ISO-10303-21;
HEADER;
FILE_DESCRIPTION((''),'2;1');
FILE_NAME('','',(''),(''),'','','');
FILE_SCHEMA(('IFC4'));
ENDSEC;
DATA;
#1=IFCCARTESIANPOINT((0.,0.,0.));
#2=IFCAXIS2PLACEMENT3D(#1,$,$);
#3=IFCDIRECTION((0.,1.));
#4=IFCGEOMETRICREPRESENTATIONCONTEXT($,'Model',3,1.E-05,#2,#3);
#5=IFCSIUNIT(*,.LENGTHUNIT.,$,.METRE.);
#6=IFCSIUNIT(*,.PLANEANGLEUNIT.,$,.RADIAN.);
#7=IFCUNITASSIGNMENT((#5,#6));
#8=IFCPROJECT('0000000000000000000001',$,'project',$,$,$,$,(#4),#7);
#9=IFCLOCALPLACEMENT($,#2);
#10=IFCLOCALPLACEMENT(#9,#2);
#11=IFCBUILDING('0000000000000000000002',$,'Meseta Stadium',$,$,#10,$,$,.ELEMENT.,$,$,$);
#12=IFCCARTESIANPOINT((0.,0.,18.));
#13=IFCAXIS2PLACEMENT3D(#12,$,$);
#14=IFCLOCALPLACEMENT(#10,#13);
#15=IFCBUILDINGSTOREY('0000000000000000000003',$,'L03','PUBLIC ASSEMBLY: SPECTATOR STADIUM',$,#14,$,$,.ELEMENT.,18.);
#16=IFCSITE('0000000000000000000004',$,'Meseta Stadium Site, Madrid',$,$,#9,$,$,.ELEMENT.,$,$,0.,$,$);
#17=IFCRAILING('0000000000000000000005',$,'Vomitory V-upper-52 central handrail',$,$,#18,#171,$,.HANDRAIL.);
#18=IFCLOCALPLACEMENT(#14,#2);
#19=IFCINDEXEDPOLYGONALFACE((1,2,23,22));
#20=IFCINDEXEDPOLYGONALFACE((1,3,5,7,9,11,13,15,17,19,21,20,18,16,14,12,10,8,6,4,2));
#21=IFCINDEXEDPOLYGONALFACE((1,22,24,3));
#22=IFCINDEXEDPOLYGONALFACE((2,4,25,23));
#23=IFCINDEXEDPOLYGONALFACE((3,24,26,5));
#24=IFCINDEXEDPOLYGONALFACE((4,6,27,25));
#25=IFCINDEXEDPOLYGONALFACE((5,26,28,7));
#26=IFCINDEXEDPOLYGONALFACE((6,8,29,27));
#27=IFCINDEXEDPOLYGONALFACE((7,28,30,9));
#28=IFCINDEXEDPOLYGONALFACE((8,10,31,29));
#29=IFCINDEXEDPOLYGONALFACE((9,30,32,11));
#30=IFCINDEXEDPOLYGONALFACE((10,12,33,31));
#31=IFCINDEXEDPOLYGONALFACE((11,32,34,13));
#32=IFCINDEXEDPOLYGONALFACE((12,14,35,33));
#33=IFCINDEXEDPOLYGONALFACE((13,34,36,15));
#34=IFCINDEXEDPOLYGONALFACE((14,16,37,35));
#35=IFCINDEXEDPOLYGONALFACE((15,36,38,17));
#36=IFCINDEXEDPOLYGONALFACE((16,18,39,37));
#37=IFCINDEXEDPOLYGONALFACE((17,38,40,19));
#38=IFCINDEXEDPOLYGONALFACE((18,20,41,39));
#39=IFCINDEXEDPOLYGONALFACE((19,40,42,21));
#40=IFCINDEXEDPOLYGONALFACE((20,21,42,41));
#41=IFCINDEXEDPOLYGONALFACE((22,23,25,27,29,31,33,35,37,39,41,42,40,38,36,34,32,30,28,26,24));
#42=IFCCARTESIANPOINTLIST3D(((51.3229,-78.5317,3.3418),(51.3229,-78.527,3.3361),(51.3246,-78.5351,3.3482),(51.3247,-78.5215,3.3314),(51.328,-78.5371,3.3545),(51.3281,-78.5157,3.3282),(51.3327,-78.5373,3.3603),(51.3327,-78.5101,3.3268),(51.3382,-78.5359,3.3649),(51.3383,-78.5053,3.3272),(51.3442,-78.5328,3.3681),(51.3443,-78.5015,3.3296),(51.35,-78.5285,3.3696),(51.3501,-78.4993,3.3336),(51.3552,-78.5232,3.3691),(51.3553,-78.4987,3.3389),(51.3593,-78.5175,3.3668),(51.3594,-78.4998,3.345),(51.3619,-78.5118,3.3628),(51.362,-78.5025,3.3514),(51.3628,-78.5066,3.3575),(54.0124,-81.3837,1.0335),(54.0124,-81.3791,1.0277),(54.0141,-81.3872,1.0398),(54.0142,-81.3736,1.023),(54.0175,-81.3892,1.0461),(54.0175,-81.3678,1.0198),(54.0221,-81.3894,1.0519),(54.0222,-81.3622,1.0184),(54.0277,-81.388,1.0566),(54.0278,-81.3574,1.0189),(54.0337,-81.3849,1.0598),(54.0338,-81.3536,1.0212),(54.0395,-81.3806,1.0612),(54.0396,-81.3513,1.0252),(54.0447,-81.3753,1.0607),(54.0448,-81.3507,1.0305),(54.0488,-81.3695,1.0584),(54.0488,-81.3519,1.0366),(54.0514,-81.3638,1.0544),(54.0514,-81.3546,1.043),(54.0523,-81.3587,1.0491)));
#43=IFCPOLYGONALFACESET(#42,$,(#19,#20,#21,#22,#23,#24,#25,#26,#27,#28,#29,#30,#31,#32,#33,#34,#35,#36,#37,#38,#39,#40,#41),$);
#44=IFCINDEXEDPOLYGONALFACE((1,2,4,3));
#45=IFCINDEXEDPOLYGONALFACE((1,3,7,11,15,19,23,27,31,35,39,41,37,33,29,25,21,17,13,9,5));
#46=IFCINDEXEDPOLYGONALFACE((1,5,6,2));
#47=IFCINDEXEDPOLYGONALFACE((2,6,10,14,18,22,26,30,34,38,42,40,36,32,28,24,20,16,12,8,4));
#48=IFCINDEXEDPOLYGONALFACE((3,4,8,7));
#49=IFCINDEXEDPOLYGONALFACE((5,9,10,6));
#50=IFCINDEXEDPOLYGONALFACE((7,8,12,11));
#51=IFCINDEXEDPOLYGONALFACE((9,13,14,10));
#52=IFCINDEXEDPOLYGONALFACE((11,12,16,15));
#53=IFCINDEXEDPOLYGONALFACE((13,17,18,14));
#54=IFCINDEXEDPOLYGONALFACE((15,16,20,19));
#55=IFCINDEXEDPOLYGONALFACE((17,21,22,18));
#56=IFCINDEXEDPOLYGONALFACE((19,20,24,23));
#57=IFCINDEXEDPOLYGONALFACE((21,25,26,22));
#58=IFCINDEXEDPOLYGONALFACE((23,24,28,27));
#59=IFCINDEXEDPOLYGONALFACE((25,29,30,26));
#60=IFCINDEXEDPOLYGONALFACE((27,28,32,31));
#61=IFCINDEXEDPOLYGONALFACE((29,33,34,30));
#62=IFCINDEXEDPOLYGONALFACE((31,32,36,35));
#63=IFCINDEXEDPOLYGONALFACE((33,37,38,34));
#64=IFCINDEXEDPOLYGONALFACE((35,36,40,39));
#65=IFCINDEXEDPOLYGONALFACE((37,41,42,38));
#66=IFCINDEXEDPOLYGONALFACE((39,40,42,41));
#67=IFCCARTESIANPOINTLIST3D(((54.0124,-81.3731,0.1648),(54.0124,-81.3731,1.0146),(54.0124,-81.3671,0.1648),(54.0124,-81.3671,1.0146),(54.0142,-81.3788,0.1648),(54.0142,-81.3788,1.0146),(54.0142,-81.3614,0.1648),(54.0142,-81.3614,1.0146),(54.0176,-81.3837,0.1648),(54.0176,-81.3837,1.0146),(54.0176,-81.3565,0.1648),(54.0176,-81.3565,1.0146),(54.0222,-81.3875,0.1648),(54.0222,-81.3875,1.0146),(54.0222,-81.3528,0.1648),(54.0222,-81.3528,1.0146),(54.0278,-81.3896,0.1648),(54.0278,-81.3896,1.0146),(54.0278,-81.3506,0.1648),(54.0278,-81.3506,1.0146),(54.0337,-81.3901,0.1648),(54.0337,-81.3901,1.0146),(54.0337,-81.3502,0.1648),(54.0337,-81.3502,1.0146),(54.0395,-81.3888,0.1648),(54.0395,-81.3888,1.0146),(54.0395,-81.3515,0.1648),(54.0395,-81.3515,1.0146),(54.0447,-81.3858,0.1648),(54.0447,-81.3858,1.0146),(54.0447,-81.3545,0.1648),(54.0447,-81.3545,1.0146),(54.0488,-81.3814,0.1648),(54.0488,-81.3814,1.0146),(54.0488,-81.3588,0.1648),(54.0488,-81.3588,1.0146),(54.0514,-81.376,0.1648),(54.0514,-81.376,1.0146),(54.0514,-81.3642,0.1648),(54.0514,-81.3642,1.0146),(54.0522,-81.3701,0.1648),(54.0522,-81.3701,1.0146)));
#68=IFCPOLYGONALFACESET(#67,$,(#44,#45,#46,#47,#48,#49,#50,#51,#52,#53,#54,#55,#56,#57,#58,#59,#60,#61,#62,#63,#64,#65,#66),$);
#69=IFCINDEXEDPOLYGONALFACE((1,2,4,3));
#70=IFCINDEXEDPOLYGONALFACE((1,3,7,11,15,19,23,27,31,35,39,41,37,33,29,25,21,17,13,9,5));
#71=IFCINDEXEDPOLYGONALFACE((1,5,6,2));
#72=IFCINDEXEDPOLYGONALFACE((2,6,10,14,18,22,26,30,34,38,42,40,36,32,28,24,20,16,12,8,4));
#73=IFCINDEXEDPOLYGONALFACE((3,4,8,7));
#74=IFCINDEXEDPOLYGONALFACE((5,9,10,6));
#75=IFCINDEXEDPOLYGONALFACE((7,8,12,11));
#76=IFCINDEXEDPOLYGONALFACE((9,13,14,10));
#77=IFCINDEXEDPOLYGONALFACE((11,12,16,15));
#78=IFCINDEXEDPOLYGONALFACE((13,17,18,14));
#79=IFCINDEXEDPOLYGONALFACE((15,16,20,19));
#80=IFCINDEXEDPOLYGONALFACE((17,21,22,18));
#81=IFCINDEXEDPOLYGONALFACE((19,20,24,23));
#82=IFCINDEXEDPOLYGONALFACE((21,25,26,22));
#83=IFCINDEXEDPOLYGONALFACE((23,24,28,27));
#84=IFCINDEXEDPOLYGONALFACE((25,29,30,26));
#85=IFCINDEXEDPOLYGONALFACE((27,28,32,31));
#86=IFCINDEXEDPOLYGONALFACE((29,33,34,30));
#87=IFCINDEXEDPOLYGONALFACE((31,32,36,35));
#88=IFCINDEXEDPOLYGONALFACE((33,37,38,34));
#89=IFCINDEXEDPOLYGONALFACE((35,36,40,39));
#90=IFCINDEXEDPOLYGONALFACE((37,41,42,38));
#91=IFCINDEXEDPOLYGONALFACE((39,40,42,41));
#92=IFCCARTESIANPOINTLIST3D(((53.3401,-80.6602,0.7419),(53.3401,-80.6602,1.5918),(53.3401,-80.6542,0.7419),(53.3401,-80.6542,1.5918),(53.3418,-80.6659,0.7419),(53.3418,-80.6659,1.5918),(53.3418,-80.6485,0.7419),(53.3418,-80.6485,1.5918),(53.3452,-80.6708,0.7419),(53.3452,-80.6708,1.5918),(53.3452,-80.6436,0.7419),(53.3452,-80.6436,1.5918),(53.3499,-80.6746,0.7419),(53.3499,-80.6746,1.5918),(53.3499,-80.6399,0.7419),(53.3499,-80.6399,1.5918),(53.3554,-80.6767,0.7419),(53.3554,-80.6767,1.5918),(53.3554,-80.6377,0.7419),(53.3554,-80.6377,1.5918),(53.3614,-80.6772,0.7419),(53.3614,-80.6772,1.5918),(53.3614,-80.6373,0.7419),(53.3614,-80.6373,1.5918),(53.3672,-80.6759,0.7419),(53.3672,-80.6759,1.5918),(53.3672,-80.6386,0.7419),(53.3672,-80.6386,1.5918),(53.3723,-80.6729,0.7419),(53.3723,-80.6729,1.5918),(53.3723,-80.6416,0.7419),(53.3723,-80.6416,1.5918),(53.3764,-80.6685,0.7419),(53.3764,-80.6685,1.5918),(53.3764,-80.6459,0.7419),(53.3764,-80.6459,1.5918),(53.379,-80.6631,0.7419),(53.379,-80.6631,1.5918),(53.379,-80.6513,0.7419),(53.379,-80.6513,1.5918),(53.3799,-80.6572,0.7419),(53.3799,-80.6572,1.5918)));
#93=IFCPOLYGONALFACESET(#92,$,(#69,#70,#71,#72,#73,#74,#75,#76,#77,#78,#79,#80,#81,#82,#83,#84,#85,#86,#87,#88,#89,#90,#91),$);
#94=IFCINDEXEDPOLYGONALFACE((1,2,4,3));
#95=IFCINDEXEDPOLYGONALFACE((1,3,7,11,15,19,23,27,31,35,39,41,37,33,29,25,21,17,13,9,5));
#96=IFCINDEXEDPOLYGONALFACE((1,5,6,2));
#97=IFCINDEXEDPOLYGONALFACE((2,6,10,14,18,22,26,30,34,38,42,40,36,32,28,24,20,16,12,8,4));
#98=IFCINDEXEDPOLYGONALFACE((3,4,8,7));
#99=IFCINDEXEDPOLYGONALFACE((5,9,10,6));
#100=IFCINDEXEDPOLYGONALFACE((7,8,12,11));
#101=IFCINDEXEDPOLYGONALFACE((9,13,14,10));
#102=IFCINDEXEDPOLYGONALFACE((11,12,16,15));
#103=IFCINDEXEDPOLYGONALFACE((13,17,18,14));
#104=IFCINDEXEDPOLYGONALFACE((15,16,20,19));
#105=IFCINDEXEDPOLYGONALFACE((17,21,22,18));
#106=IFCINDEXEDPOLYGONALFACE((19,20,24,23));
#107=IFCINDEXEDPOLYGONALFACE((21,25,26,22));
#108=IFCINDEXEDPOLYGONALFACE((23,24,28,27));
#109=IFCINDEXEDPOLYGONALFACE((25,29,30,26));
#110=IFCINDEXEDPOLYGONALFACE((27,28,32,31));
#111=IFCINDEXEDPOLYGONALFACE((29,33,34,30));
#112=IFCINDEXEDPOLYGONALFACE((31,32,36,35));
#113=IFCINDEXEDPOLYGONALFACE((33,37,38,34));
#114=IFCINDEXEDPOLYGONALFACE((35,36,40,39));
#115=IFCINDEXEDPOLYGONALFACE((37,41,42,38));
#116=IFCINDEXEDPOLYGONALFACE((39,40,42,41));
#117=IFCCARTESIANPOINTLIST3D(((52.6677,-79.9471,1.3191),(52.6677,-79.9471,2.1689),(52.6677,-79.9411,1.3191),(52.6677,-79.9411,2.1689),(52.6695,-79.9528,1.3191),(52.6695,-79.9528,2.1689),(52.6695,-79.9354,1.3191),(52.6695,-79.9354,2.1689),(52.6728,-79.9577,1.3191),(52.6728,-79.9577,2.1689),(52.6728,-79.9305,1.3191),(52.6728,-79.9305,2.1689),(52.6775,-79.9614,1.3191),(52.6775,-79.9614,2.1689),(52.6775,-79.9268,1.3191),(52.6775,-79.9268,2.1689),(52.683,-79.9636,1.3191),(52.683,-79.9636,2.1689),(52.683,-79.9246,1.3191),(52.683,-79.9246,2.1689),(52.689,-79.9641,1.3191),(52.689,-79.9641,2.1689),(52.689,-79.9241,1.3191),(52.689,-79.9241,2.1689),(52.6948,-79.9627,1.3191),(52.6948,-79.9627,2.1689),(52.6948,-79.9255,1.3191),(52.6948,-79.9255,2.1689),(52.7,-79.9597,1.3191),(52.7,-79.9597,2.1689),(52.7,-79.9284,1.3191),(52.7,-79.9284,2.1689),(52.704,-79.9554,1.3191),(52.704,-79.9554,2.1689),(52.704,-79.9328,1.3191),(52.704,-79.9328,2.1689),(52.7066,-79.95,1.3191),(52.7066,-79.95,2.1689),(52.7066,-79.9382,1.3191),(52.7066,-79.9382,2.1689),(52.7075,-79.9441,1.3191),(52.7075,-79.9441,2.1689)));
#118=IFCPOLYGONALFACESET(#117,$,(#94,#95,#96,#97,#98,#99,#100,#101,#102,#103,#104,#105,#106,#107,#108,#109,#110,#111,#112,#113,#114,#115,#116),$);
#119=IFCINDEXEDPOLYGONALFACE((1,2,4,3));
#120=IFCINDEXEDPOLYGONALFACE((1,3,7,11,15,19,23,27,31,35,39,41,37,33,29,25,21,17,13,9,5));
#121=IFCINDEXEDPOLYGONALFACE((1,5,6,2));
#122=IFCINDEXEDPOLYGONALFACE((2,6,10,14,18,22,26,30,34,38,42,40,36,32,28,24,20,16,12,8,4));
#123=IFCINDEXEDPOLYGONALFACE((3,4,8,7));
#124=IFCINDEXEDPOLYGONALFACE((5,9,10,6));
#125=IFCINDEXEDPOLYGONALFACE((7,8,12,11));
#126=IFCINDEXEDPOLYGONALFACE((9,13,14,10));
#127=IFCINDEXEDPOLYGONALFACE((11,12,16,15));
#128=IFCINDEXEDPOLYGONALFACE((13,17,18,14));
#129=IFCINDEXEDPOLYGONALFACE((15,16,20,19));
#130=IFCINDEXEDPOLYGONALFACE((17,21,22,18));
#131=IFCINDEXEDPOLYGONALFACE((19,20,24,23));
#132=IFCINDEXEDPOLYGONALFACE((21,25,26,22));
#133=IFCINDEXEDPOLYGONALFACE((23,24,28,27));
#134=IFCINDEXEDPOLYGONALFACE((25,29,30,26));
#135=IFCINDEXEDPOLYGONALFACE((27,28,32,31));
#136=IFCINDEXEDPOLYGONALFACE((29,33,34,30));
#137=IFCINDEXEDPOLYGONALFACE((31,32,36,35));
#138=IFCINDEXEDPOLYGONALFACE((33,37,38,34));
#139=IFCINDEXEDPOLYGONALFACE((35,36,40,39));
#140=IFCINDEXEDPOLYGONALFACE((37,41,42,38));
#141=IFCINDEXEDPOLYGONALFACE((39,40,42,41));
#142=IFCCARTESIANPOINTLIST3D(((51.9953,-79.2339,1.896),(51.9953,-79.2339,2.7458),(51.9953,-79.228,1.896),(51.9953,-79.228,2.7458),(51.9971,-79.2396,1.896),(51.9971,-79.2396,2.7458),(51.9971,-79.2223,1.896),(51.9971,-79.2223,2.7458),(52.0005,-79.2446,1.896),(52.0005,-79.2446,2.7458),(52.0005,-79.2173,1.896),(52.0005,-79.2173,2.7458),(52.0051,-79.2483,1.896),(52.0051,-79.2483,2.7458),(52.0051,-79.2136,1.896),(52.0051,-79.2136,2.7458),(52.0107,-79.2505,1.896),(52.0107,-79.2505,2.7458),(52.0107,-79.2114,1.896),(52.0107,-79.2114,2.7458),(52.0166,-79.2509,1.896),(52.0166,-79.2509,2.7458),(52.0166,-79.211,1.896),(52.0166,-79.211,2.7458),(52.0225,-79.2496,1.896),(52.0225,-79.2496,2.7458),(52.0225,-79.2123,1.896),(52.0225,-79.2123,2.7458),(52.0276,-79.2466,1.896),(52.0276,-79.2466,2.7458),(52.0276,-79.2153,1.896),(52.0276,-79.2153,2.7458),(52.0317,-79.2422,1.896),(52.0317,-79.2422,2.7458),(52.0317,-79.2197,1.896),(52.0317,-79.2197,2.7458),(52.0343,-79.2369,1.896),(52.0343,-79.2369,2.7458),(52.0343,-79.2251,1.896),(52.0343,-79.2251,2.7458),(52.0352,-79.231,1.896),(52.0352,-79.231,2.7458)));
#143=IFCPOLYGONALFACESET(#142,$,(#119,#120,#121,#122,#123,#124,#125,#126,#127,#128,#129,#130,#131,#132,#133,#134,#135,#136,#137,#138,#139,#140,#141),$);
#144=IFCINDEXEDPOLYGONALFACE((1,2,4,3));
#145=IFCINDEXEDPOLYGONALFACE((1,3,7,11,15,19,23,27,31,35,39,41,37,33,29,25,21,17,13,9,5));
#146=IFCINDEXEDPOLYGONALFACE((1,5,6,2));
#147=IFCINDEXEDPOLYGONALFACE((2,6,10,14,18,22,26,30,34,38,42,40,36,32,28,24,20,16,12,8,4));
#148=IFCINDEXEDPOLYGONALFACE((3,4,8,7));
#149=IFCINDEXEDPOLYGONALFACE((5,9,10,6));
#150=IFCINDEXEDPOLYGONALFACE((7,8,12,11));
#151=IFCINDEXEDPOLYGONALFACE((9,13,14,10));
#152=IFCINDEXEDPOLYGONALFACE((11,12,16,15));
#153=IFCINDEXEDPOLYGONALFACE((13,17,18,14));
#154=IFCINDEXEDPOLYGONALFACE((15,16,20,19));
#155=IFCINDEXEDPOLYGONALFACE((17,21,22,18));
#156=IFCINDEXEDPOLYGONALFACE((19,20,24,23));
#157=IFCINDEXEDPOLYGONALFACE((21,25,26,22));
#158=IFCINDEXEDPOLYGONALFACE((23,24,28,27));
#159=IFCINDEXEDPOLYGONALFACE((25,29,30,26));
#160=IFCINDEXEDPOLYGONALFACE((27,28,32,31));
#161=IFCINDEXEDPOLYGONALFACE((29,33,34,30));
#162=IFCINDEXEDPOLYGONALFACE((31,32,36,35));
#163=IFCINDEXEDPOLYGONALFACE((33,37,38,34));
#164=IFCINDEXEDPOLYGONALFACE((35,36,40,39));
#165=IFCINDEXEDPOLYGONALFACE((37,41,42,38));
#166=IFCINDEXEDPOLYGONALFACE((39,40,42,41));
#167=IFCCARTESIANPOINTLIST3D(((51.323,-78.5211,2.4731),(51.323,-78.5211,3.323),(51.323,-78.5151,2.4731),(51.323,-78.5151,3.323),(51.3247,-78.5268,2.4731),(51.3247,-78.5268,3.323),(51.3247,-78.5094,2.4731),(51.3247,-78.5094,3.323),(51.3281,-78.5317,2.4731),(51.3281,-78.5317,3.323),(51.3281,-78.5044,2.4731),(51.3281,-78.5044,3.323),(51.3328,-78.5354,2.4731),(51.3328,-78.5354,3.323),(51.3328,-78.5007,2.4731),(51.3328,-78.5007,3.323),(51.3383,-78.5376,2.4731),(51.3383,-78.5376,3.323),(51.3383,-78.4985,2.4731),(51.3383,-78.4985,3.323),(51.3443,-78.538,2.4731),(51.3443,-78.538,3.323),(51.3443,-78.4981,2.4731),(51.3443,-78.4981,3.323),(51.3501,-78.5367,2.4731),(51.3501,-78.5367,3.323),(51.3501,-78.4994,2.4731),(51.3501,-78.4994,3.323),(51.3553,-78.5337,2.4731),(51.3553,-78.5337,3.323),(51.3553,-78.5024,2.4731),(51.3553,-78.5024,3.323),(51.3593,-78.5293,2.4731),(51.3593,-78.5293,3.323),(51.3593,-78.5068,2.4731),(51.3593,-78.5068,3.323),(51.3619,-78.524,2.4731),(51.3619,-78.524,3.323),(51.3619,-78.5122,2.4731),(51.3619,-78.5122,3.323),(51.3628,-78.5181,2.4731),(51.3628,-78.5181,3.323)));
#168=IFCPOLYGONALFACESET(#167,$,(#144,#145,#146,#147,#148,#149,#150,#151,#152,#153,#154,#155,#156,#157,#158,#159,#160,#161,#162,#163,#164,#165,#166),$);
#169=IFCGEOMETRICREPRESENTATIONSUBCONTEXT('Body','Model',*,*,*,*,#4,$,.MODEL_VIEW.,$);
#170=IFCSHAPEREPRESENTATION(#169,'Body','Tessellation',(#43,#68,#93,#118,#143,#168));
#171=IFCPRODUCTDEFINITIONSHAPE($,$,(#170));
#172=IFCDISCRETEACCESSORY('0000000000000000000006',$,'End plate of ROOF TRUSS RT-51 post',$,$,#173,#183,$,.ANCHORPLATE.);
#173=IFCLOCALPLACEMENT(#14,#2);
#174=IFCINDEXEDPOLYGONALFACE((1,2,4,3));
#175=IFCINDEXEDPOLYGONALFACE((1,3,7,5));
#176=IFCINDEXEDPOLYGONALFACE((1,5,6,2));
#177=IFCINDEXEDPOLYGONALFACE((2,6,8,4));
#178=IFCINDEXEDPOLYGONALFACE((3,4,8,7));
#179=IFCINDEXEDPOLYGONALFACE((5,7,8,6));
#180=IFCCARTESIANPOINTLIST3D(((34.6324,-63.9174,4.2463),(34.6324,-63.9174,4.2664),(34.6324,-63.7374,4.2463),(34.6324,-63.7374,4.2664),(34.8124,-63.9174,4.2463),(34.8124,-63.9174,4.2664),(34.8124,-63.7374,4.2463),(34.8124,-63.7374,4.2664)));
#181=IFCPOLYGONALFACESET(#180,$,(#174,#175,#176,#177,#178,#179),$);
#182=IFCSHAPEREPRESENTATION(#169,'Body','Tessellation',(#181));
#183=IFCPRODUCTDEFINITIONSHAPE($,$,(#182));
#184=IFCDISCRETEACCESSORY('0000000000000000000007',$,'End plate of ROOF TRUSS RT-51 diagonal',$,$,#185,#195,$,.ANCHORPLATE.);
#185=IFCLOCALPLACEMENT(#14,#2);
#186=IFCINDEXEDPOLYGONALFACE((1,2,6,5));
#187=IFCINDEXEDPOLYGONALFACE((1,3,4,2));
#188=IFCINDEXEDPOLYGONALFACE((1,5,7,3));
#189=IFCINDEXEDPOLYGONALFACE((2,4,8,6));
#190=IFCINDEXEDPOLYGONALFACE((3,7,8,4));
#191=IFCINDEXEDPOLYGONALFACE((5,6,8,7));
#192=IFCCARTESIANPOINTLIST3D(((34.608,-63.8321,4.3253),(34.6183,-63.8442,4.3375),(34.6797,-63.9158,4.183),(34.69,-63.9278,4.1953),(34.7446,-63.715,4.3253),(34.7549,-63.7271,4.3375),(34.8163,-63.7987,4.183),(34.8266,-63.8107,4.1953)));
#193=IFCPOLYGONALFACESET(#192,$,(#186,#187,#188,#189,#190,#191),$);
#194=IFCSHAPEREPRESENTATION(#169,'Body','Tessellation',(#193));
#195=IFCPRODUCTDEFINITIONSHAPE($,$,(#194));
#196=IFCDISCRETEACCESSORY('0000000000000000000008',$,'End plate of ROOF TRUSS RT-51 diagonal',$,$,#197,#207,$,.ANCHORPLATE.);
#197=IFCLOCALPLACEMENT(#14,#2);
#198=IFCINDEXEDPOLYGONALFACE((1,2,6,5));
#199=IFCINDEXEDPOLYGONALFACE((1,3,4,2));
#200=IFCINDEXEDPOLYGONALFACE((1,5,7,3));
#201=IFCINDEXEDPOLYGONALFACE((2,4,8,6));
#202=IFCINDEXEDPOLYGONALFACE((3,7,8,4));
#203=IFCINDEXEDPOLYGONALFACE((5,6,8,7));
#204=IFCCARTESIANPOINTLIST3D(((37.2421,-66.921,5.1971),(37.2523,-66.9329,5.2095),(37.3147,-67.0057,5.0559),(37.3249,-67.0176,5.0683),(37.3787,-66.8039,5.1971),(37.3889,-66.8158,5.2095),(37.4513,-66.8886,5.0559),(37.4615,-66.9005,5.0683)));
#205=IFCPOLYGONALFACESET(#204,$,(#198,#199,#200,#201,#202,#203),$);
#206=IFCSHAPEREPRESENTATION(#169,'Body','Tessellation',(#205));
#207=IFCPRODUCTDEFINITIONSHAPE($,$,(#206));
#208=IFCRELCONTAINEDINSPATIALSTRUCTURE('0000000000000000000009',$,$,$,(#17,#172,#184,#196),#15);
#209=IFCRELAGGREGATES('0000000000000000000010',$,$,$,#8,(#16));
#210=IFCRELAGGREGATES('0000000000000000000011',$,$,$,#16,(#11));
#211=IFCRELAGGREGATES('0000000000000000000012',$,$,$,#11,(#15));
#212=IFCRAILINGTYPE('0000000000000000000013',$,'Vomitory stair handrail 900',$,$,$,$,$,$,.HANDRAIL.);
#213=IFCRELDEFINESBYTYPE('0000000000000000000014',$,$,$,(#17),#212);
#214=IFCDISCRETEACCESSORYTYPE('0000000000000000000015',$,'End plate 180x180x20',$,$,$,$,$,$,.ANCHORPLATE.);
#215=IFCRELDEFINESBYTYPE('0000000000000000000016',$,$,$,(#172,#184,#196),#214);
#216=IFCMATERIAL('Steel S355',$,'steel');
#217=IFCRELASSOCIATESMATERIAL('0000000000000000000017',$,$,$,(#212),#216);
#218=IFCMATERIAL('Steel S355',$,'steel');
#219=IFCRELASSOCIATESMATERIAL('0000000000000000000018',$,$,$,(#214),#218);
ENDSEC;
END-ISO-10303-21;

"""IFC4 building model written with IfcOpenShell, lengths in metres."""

from ifc_helpers import new_model, si_unit, direction, frame, origin, origin_2d, place, context, subcontext, project, spatial, rectangle, circle, extrude, material, material_profile, profile_set, type_object, element, save


model = new_model("IFC4")

# Units and contexts
model_context = context("Model", 3, precision=1e-05, world=origin(), true_north=direction((0.0, 1.0)))
body_context = subcontext(model_context, "Body", "Model", "MODEL_VIEW")
ifc_project = project(units=[si_unit("LENGTHUNIT", "METRE"), si_unit("PLANEANGLEUNIT", "RADIAN")], contexts=[model_context])

# Site, building, storey
site_placement = place(None, origin())
site = spatial("IfcSite", under=ifc_project, at=site_placement, Name="Meseta Stadium Site, Madrid", CompositionType="ELEMENT", RefElevation=0.0)
building_placement = place(site_placement, origin())
building = spatial("IfcBuilding", under=site, at=building_placement, Name="Meseta Stadium", CompositionType="ELEMENT")
storey_placement = place(building_placement, frame((0.0, 0.0, 18.0)))
storey = spatial("IfcBuildingStorey", under=building, at=storey_placement, Name="L03", Description="PUBLIC ASSEMBLY: SPECTATOR STADIUM", CompositionType="ELEMENT", Elevation=18.0)

# Railing
ifc_material_1 = material(Name="Steel S355", Category="steel")
railing_type_1 = type_object("IfcRailingType", Name="Vomitory stair handrail 900", PredefinedType="HANDRAIL", material=ifc_material_1)
railing_1_placement = place(storey_placement, frame((54.0322, -81.3701, 0.1648)))
element("IfcRailing", 1, at=railing_1_placement, inside=storey, type_object=railing_type_1, Name="Vomitory V-upper-52 central handrail", PredefinedType="HANDRAIL", context=body_context, shape_type="SweptSolid", body=[
    extrude(circle(Radius=0.0249, at=origin_2d()), frame((0.0, 0.0, 0.875), z_axis=(-0.591184, 0.626925, 0.507411), x_axis=(-0.727541, -0.686064, 0.0)), (0.0, 0.0, 1.0), 4.5493),
    extrude(circle(Radius=0.02, at=origin_2d()), origin(), (0.0, 0.0, 1.0), 0.8499),
    extrude(circle(Radius=0.02, at=origin_2d()), frame((-0.6724, 0.7129, 0.5771)), (0.0, 0.0, 1.0), 0.8499),
    extrude(circle(Radius=0.02, at=origin_2d()), frame((-1.3447, 1.426, 1.1543)), (0.0, 0.0, 1.0), 0.8499),
    extrude(circle(Radius=0.02, at=origin_2d()), frame((-2.0171, 2.1392, 1.7312)), (0.0, 0.0, 1.0), 0.8499),
    extrude(circle(Radius=0.02, at=origin_2d()), frame((-2.6895, 2.8521, 2.3083)), (0.0, 0.0, 1.0), 0.8499),
])

# Discrete accessories
ifc_material_2 = material(Name="Steel S355", Category="steel")
ifc_material_profile_1 = material_profile(ifc_material_2, rectangle(XDim=0.1799, YDim=0.1799, at=origin_2d()), Name="PL 180x180")
ifc_profile_set_1 = profile_set([ifc_material_profile_1], Name="Steel S355")
discrete_accessory_type = type_object("IfcDiscreteAccessoryType", Name="End plate 180x180x20", PredefinedType="ANCHORPLATE", material=ifc_profile_set_1)
for number, where, z_axis, x_axis, name in (
    (2, (34.7224, -63.8274, 4.2463), (0.0, 0.0, 1.0), (1.0, 0.0, 0.0), "End plate of ROOF TRUSS RT-51 post"),
    (3, (34.7122, -63.8154, 4.2542), (0.514457, -0.6002, 0.612449), (0.759257, 0.650791, 0.0), "End plate of ROOF TRUSS RT-51 diagonal"),
    (4, (37.3467, -66.9048, 5.1265), (0.510603, -0.595703, 0.620018), (0.759257, 0.650791, 0.0), "End plate of ROOF TRUSS RT-51 diagonal"),
):
    element("IfcDiscreteAccessory", number, at=place(storey_placement, frame(where, z_axis=z_axis, x_axis=x_axis)), inside=storey, type_object=discrete_accessory_type, Name=name, PredefinedType="ANCHORPLATE", context=body_context, shape_type="SweptSolid", body=[
        extrude(rectangle(XDim=0.1799, YDim=0.1799, at=origin_2d()), origin(), (0.0, 0.0, 1.0), 0.02),
    ])

save(model, "model.ifc")
